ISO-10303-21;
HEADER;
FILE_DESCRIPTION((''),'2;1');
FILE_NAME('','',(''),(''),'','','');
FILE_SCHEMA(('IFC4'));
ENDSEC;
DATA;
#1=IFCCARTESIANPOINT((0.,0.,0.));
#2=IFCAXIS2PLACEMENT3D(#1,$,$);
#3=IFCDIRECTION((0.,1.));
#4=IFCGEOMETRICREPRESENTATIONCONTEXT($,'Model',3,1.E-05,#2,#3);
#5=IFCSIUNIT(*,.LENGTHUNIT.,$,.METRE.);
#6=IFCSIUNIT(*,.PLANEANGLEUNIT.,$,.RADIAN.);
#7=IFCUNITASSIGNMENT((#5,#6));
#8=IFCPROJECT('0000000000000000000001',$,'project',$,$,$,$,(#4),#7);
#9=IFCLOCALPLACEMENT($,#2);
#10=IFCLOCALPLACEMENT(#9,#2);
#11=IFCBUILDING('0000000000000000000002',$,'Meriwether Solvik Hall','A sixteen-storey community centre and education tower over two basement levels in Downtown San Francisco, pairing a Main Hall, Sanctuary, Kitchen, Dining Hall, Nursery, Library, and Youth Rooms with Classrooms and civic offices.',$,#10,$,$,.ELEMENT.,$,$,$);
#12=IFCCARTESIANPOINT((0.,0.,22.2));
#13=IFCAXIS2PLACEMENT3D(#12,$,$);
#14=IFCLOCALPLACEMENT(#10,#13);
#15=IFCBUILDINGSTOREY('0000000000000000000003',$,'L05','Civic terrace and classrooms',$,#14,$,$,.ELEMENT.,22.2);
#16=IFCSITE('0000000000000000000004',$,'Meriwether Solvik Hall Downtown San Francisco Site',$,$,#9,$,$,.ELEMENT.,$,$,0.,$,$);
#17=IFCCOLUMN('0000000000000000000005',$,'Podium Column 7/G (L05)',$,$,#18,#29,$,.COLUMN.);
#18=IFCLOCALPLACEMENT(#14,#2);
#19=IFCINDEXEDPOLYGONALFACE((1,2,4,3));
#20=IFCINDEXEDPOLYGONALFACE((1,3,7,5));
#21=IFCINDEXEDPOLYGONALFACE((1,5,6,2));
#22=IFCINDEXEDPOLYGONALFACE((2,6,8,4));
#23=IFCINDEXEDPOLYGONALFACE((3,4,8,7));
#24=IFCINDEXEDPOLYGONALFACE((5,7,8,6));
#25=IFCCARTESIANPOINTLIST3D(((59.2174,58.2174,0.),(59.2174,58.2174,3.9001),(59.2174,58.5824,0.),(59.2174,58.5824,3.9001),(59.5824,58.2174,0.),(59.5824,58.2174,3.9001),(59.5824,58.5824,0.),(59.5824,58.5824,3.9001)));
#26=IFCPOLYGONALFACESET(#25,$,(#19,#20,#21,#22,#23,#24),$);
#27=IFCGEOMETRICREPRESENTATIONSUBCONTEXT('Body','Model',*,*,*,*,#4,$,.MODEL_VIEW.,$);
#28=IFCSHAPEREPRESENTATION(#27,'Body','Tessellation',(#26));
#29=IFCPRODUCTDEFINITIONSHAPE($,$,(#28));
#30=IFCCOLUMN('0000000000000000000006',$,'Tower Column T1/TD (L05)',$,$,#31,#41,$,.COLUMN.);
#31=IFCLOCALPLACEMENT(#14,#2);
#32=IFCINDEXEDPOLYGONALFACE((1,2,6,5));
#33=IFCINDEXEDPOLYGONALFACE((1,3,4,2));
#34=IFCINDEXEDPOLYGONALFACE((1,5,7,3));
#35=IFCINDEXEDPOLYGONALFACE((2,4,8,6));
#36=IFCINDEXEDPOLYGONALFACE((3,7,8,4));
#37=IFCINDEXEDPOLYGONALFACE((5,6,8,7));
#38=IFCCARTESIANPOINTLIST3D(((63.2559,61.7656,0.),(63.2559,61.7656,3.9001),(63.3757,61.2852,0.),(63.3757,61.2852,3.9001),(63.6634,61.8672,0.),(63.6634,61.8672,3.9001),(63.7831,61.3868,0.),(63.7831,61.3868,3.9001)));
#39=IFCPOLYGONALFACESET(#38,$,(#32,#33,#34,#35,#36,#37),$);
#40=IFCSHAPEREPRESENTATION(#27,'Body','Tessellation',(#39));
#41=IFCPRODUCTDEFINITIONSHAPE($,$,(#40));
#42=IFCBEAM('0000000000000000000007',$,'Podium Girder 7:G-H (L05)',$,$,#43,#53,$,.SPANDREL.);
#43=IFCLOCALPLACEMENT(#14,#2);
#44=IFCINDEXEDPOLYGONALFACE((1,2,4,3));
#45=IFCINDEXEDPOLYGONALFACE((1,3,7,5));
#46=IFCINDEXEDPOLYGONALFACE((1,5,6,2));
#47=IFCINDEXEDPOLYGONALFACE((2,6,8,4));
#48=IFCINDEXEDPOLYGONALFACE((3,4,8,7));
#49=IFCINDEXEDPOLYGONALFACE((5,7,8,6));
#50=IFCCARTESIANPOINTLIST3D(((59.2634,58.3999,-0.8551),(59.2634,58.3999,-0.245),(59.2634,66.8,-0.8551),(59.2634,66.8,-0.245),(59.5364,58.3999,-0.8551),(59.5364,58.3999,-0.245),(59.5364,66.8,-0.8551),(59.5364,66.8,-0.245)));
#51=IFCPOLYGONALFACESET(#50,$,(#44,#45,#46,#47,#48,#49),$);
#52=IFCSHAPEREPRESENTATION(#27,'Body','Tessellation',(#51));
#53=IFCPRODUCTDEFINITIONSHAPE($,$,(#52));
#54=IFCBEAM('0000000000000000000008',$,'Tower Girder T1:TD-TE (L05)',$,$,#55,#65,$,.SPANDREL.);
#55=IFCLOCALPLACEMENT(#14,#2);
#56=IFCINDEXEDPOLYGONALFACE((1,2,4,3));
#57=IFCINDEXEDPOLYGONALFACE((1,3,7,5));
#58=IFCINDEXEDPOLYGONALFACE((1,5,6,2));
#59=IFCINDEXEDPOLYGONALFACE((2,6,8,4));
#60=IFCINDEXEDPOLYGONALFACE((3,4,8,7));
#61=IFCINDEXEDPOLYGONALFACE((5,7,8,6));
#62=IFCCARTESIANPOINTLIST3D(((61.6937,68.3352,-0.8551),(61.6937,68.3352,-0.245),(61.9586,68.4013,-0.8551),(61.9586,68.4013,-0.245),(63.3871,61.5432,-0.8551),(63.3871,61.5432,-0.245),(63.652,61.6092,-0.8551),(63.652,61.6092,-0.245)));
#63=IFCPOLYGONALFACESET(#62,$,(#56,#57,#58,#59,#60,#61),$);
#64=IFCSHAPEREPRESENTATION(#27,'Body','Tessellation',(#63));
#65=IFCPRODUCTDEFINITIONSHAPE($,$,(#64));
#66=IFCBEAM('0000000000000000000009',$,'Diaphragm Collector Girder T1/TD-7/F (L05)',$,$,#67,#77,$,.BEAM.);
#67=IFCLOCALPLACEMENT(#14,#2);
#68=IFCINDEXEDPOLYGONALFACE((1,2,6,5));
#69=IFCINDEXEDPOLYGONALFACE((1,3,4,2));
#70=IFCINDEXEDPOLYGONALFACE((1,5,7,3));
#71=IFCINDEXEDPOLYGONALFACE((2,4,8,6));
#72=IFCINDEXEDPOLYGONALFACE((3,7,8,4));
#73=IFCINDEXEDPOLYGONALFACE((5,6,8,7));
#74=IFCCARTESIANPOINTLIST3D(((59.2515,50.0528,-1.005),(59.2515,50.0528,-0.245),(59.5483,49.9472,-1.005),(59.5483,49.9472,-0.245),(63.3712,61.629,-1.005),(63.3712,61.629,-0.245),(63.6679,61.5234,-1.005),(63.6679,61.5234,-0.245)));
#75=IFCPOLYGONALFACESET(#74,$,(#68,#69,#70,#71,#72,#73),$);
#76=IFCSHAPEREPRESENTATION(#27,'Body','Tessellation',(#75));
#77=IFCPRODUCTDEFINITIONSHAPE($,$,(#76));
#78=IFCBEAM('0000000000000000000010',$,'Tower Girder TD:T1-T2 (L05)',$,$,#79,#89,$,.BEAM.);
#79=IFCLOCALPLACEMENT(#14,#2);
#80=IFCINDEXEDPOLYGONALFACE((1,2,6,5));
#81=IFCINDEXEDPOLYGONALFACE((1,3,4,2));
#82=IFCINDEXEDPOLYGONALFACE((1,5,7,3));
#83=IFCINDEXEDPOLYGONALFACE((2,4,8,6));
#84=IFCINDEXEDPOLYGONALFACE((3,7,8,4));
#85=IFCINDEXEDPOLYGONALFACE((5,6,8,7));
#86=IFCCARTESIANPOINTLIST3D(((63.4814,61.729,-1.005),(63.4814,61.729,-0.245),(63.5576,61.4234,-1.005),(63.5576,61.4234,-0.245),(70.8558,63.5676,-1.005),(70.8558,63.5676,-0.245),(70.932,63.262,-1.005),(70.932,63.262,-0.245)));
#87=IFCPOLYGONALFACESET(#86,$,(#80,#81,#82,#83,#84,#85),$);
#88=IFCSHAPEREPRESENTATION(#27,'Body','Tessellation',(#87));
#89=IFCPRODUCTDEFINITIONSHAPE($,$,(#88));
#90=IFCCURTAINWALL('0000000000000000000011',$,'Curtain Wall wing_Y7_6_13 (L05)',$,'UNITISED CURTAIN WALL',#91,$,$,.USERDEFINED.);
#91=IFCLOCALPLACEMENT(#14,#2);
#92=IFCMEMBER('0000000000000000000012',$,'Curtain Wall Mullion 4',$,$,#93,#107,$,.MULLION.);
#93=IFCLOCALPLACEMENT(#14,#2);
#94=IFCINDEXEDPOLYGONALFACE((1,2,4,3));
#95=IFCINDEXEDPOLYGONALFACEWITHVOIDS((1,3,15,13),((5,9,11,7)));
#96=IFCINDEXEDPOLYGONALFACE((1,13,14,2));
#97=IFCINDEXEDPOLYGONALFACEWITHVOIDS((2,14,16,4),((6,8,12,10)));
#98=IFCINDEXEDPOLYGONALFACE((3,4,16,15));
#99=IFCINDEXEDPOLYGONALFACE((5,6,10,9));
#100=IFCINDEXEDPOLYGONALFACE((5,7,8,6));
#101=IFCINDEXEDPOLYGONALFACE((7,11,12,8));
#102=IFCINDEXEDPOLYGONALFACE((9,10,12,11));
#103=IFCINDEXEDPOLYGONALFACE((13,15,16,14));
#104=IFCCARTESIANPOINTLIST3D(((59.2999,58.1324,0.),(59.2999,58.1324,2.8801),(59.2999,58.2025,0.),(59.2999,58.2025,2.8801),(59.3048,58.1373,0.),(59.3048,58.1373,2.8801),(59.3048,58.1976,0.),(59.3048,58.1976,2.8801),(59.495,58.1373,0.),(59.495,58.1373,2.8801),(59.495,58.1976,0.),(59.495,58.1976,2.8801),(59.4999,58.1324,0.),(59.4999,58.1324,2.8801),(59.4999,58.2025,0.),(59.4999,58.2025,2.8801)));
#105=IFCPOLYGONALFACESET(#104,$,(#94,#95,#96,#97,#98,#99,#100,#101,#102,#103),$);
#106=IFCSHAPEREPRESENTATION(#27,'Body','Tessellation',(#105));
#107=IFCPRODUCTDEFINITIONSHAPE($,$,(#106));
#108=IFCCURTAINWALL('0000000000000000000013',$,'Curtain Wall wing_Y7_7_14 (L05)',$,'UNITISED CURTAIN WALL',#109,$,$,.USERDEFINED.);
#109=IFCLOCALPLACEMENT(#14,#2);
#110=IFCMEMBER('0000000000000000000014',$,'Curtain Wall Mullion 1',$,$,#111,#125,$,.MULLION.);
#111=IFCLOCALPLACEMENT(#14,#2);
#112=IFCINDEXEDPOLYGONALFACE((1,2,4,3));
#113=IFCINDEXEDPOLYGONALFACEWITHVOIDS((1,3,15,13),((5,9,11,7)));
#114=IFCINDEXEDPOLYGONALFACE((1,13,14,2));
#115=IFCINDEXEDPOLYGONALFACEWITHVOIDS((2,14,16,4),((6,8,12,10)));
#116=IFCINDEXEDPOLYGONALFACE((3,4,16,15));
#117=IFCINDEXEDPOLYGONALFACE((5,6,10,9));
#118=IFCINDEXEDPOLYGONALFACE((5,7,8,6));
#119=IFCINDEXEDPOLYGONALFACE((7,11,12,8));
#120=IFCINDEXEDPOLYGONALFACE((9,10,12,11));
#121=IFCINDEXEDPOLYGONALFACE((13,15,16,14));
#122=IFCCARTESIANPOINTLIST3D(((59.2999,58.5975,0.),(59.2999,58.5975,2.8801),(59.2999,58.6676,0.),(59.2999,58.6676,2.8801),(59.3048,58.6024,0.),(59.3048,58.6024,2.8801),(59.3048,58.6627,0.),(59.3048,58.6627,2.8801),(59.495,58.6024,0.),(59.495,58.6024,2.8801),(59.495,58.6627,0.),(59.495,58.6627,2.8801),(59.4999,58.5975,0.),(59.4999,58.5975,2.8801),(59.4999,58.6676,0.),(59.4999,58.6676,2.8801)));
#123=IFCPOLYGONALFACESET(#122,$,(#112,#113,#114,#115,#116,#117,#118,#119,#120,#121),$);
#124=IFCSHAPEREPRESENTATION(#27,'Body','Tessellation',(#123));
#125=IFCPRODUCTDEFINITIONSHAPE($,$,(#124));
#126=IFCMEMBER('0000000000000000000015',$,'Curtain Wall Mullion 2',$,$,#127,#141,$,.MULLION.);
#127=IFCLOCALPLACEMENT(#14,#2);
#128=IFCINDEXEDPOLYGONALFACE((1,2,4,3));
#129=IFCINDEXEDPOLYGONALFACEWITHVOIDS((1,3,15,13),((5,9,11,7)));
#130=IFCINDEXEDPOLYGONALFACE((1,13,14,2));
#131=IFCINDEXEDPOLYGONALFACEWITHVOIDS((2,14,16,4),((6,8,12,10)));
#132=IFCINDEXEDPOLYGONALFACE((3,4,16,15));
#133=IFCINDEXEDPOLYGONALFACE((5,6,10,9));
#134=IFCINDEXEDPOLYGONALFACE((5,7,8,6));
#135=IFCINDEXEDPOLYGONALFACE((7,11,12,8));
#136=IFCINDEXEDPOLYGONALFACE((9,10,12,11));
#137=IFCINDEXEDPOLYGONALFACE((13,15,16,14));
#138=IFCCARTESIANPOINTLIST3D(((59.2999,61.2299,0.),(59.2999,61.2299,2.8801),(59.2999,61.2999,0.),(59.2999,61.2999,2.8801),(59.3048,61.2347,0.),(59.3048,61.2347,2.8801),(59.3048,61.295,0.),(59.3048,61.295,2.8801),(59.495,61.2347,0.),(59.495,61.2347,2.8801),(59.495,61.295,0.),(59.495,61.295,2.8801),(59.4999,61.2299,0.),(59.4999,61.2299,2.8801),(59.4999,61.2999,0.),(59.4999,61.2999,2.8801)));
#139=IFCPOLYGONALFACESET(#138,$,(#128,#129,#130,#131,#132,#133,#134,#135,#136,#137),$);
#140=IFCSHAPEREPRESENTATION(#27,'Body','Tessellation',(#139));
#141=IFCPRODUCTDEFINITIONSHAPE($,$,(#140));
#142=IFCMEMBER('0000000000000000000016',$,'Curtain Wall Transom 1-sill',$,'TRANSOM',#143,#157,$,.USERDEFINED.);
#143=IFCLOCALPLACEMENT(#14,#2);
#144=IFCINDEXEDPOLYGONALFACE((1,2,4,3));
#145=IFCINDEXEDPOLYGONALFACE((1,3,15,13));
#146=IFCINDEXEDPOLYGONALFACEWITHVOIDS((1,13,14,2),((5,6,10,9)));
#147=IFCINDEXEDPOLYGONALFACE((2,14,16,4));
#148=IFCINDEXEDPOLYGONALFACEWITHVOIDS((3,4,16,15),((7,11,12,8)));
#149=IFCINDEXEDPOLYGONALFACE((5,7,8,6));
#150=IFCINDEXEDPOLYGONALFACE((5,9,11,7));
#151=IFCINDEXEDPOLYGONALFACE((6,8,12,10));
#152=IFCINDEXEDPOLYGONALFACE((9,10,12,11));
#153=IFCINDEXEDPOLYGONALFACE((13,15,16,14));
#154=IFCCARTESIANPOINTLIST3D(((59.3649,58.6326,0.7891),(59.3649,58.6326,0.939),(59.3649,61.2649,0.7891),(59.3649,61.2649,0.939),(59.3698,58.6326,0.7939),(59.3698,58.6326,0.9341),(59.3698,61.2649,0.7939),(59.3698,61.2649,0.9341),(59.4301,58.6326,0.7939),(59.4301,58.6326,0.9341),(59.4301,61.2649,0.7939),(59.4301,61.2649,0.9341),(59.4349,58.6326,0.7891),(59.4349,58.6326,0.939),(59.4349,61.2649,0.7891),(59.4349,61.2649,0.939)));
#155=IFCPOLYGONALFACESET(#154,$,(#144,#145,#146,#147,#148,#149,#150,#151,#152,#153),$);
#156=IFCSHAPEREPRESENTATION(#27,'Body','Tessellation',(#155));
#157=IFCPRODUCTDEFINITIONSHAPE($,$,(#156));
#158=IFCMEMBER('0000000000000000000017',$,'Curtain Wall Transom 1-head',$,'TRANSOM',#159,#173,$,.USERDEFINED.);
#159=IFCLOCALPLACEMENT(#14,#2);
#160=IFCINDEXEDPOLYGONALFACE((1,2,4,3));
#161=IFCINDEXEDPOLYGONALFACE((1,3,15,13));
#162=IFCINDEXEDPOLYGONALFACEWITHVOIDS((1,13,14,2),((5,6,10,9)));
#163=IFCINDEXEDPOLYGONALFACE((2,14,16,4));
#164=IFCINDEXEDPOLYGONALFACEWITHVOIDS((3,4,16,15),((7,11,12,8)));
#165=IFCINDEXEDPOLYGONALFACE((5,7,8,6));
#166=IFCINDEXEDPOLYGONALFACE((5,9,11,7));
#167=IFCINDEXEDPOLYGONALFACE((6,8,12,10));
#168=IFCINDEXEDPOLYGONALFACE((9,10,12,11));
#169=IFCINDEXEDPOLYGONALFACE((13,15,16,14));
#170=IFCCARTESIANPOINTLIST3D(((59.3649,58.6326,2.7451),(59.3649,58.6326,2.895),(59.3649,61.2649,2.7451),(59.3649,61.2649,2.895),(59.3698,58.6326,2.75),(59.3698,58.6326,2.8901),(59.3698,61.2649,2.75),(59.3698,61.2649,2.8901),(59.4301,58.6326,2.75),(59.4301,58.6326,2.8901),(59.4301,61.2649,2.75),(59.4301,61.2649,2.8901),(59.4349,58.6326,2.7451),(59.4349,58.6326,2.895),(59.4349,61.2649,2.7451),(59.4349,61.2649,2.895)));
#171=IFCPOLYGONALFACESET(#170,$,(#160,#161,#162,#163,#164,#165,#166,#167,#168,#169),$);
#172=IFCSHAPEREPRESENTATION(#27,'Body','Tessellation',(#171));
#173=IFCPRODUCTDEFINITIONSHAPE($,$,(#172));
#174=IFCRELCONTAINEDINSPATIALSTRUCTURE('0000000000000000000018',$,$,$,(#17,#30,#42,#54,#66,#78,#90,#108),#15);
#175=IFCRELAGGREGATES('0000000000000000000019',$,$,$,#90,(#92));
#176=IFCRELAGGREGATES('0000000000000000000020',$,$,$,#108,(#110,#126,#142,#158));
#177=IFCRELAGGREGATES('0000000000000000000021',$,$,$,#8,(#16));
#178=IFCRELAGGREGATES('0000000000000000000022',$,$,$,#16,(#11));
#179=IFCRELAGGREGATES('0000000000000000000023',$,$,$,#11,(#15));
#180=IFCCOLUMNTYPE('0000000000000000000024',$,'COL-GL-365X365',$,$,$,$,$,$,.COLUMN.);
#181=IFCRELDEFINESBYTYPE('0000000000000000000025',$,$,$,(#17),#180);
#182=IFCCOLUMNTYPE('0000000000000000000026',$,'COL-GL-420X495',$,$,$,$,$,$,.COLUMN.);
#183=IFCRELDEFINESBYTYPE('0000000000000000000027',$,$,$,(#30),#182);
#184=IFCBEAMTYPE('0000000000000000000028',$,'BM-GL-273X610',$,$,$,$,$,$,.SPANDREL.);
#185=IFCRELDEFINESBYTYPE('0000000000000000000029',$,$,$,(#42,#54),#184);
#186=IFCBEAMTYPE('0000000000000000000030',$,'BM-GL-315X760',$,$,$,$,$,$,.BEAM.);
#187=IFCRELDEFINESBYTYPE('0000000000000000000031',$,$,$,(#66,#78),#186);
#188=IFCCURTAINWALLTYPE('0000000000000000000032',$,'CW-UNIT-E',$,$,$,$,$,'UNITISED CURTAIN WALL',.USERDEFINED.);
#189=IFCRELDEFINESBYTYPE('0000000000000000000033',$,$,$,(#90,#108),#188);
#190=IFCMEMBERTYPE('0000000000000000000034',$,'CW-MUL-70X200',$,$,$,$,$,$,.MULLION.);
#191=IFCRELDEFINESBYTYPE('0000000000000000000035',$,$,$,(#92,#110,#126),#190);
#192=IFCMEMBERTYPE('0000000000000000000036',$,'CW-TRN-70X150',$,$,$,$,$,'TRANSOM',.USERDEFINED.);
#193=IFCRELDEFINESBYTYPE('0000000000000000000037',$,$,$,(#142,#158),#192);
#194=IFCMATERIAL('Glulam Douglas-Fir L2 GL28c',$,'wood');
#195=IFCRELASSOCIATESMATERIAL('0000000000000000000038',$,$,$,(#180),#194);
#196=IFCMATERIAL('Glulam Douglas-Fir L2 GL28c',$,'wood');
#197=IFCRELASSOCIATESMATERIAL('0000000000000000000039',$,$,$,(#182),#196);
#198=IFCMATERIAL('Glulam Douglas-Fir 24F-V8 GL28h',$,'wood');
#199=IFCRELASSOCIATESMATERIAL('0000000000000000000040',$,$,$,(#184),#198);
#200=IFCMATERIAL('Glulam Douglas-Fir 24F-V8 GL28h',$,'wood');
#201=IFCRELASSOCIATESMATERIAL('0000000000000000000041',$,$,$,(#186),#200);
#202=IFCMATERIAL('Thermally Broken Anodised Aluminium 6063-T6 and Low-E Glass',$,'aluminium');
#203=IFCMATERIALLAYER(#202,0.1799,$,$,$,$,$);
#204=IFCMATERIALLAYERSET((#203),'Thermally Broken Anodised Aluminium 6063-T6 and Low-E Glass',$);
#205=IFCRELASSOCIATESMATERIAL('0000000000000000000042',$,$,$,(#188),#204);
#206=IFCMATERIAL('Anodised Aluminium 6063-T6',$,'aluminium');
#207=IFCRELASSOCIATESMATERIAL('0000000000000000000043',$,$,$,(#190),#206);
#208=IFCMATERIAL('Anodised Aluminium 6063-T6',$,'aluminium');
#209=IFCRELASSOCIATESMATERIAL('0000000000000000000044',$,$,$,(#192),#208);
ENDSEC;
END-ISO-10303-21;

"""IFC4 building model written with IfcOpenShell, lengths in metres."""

from ifc_helpers import new_model, si_unit, direction, frame, origin, origin_2d, place, context, subcontext, project, spatial, rectangle, hollow_rectangle, extrude, material, layer, layer_set, material_profile, profile_set, type_object, element, aggregate, save


model = new_model("IFC4")

# Units and contexts
model_context = context("Model", 3, precision=1e-05, world=origin(), true_north=direction((0.0, 1.0)))
body_context = subcontext(model_context, "Body", "Model", "MODEL_VIEW")
ifc_project = project(units=[si_unit("LENGTHUNIT", "METRE"), si_unit("PLANEANGLEUNIT", "RADIAN")], contexts=[model_context])

# Site, building, storey
site_placement = place(None, origin())
site = spatial("IfcSite", under=ifc_project, at=site_placement, Name="Meriwether Solvik Hall Downtown San Francisco Site", CompositionType="ELEMENT", RefElevation=0.0)
building_placement = place(site_placement, origin())
building = spatial("IfcBuilding", under=site, at=building_placement, Name="Meriwether Solvik Hall", Description="A sixteen-storey community centre and education tower over two basement levels in Downtown San Francisco, pairing a Main Hall, Sanctuary, Kitchen, Dining Hall, Nursery, Library, and Youth Rooms with Classrooms and civic offices.", CompositionType="ELEMENT")
storey_placement = place(building_placement, frame((0.0, 0.0, 22.2)))
storey = spatial("IfcBuildingStorey", under=building, at=storey_placement, Name="L05", Description="Civic terrace and classrooms", CompositionType="ELEMENT", Elevation=22.2)

# Columns
ifc_material_1 = material(Name="Glulam Douglas-Fir L2 GL28c", Category="wood")
ifc_material_profile_1 = material_profile(ifc_material_1, rectangle(XDim=0.365, YDim=0.365, at=origin_2d()), Name="GLC-365X365")
ifc_profile_set_1 = profile_set([ifc_material_profile_1], Name="Glulam Douglas-Fir L2 GL28c")
column_type_1 = type_object("IfcColumnType", Name="COL-GL-365X365", PredefinedType="COLUMN", material=ifc_profile_set_1)
column_1_placement = place(storey_placement, frame((59.3999, 58.3999, 0.0), z_axis=(0.0, 0.0, 1.0), x_axis=(1.0, 0.0, 0.0)))
element("IfcColumn", 1, at=column_1_placement, inside=storey, type_object=column_type_1, Name="Podium Column 7/G (L05)", PredefinedType="COLUMN", context=body_context, shape_type="SweptSolid", body=[
    extrude(rectangle(XDim=0.365, YDim=0.365, at=origin_2d()), origin(), (0.0, 0.0, 1.0), 3.9001),
])
ifc_material_2 = material(Name="Glulam Douglas-Fir L2 GL28c", Category="wood")
ifc_material_profile_2 = material_profile(ifc_material_2, rectangle(XDim=0.4199, YDim=0.4951, at=origin_2d()), Name="GLC-420X495")
ifc_profile_set_2 = profile_set([ifc_material_profile_2], Name="Glulam Douglas-Fir L2 GL28c")
column_type_2 = type_object("IfcColumnType", Name="COL-GL-420X495", PredefinedType="COLUMN", material=ifc_profile_set_2)
column_2_placement = place(storey_placement, frame((63.5195, 61.5762, 0.0), z_axis=(0.0, 0.0, 1.0), x_axis=(0.970296, 0.241922, 0.0)))
element("IfcColumn", 2, at=column_2_placement, inside=storey, type_object=column_type_2, Name="Tower Column T1/TD (L05)", PredefinedType="COLUMN", context=body_context, shape_type="SweptSolid", body=[
    extrude(rectangle(XDim=0.4199, YDim=0.4951, at=origin_2d()), origin(), (0.0, 0.0, 1.0), 3.9001),
])

# Beams
ifc_material_3 = material(Name="Glulam Douglas-Fir 24F-V8 GL28h", Category="wood")
ifc_material_profile_3 = material_profile(ifc_material_3, rectangle(XDim=0.2729, YDim=0.6101, at=origin_2d()), Name="GLB-273X610")
ifc_profile_set_3 = profile_set([ifc_material_profile_3], Name="Glulam Douglas-Fir 24F-V8 GL28h")
beam_type_1 = type_object("IfcBeamType", Name="BM-GL-273X610", PredefinedType="SPANDREL", material=ifc_profile_set_3)
beam_1_placement = place(storey_placement, frame((59.3999, 58.3999, -0.55), z_axis=(0.0, 1.0, 0.0), x_axis=(-1.0, 0.0, 0.0)))
element("IfcBeam", 3, at=beam_1_placement, inside=storey, type_object=beam_type_1, Name="Podium Girder 7:G-H (L05)", PredefinedType="SPANDREL", context=body_context, shape_type="SweptSolid", body=[
    extrude(rectangle(XDim=0.2729, YDim=0.6101, at=origin_2d()), origin(), (0.0, 0.0, 1.0), 8.4001),
])
beam_2_placement = place(storey_placement, frame((63.5195, 61.5762, -0.55), z_axis=(-0.241912, 0.970298, 0.0), x_axis=(-0.970298, -0.241912, 0.0)))
element("IfcBeam", 4, at=beam_2_placement, inside=storey, type_object=beam_type_1, Name="Tower Girder T1:TD-TE (L05)", PredefinedType="SPANDREL", context=body_context, shape_type="SweptSolid", body=[
    extrude(rectangle(XDim=0.2729, YDim=0.6101, at=origin_2d()), origin(), (0.0, 0.0, 1.0), 7.0),
])
ifc_material_4 = material(Name="Glulam Douglas-Fir 24F-V8 GL28h", Category="wood")
ifc_material_profile_4 = material_profile(ifc_material_4, rectangle(XDim=0.3149, YDim=0.76, at=origin_2d()), Name="GLB-315X760")
ifc_profile_set_4 = profile_set([ifc_material_profile_4], Name="Glulam Douglas-Fir 24F-V8 GL28h")
beam_type_2 = type_object("IfcBeamType", Name="BM-GL-315X760", PredefinedType="BEAM", material=ifc_profile_set_4)
beam_3_placement = place(storey_placement, frame((63.5195, 61.5762, -0.625), z_axis=(-0.335274, -0.942121, 0.0), x_axis=(0.942121, -0.335274, 0.0)))
element("IfcBeam", 5, at=beam_3_placement, inside=storey, type_object=beam_type_2, Name="Diaphragm Collector Girder T1/TD-7/F (L05)", PredefinedType="BEAM", context=body_context, shape_type="SweptSolid", body=[
    extrude(rectangle(XDim=0.3149, YDim=0.76, at=origin_2d()), origin(), (0.0, 0.0, 1.0), 12.2874),
])
beam_4_placement = place(storey_placement, frame((63.5195, 61.5762, -0.625), z_axis=(0.970295, 0.241923, 0.0), x_axis=(-0.241923, 0.970295, 0.0)))
element("IfcBeam", 6, at=beam_4_placement, inside=storey, type_object=beam_type_2, Name="Tower Girder TD:T1-T2 (L05)", PredefinedType="BEAM", context=body_context, shape_type="SweptSolid", body=[
    extrude(rectangle(XDim=0.3149, YDim=0.76, at=origin_2d()), origin(), (0.0, 0.0, 1.0), 7.6001),
])

# Curtain wall, member
ifc_material_5 = material(Name="Thermally Broken Anodised Aluminium 6063-T6 and Low-E Glass", Category="aluminium")
ifc_layer_1 = layer(ifc_material_5, 0.1799)
ifc_layer_set_1 = layer_set([ifc_layer_1], Name="Thermally Broken Anodised Aluminium 6063-T6 and Low-E Glass")
curtain_wall_type = type_object("IfcCurtainWallType", Name="CW-UNIT-E", ElementType="UNITISED CURTAIN WALL", PredefinedType="USERDEFINED", material=ifc_layer_set_1)
curtain_wall_1_placement = place(storey_placement, origin())
curtain_wall_1 = element("IfcCurtainWall", 7, at=curtain_wall_1_placement, inside=storey, type_object=curtain_wall_type, Name="Curtain Wall wing_Y7_6_13 (L05)", ObjectType="UNITISED CURTAIN WALL", PredefinedType="USERDEFINED")
ifc_material_6 = material(Name="Anodised Aluminium 6063-T6", Category="aluminium")
ifc_material_profile_5 = material_profile(ifc_material_6, hollow_rectangle(XDim=0.0701, YDim=0.2, WallThickness=0.0049, at=origin_2d()), Name="CWM-70X200")
ifc_profile_set_5 = profile_set([ifc_material_profile_5], Name="Anodised Aluminium 6063-T6")
member_type_1 = type_object("IfcMemberType", Name="CW-MUL-70X200", PredefinedType="MULLION", material=ifc_profile_set_5)
member_1_placement = place(storey_placement, frame((59.3999, 58.1675, 0.0), z_axis=(0.0, 0.0, 1.0), x_axis=(0.0, 1.0, 0.0)))
member_1 = element("IfcMember", 8, at=member_1_placement, type_object=member_type_1, Name="Curtain Wall Mullion 4", PredefinedType="MULLION", context=body_context, shape_type="SweptSolid", body=[
    extrude(hollow_rectangle(XDim=0.0701, YDim=0.2, WallThickness=0.0049, at=origin_2d()), origin(), (0.0, 0.0, 1.0), 2.8801),
])

# Curtain wall, members
curtain_wall_2_placement = place(storey_placement, origin())
curtain_wall_2 = element("IfcCurtainWall", 9, at=curtain_wall_2_placement, inside=storey, type_object=curtain_wall_type, Name="Curtain Wall wing_Y7_7_14 (L05)", ObjectType="UNITISED CURTAIN WALL", PredefinedType="USERDEFINED")
member_2_placement = place(storey_placement, frame((59.3999, 58.6326, 0.0), z_axis=(0.0, 0.0, 1.0), x_axis=(0.0, 1.0, 0.0)))
member_2 = element("IfcMember", 10, at=member_2_placement, type_object=member_type_1, Name="Curtain Wall Mullion 1", PredefinedType="MULLION", context=body_context, shape_type="SweptSolid", body=[
    extrude(hollow_rectangle(XDim=0.0701, YDim=0.2, WallThickness=0.0049, at=origin_2d()), origin(), (0.0, 0.0, 1.0), 2.8801),
])
member_3_placement = place(storey_placement, frame((59.3999, 61.2649, 0.0), z_axis=(0.0, 0.0, 1.0), x_axis=(0.0, 1.0, 0.0)))
member_3 = element("IfcMember", 11, at=member_3_placement, type_object=member_type_1, Name="Curtain Wall Mullion 2", PredefinedType="MULLION", context=body_context, shape_type="SweptSolid", body=[
    extrude(hollow_rectangle(XDim=0.0701, YDim=0.2, WallThickness=0.0049, at=origin_2d()), origin(), (0.0, 0.0, 1.0), 2.8801),
])
ifc_material_7 = material(Name="Anodised Aluminium 6063-T6", Category="aluminium")
ifc_material_profile_6 = material_profile(ifc_material_7, hollow_rectangle(XDim=0.0701, YDim=0.1499, WallThickness=0.0049, at=origin_2d()), Name="CWT-70X150")
ifc_profile_set_6 = profile_set([ifc_material_profile_6], Name="Anodised Aluminium 6063-T6")
member_type_2 = type_object("IfcMemberType", Name="CW-TRN-70X150", ElementType="TRANSOM", PredefinedType="USERDEFINED", material=ifc_profile_set_6)
member_4_placement = place(storey_placement, frame((59.3999, 58.6326, 0.864), z_axis=(0.0, 1.0, 0.0), x_axis=(-1.0, 0.0, 0.0)))
member_4 = element("IfcMember", 12, at=member_4_placement, type_object=member_type_2, Name="Curtain Wall Transom 1-sill", ObjectType="TRANSOM", PredefinedType="USERDEFINED", context=body_context, shape_type="SweptSolid", body=[
    extrude(hollow_rectangle(XDim=0.0701, YDim=0.1499, WallThickness=0.0049, at=origin_2d()), origin(), (0.0, 0.0, 1.0), 2.6323),
])
member_5_placement = place(storey_placement, frame((59.3999, 58.6326, 2.8201), z_axis=(0.0, 1.0, 0.0), x_axis=(-1.0, 0.0, 0.0)))
member_5 = element("IfcMember", 13, at=member_5_placement, type_object=member_type_2, Name="Curtain Wall Transom 1-head", ObjectType="TRANSOM", PredefinedType="USERDEFINED", context=body_context, shape_type="SweptSolid", body=[
    extrude(hollow_rectangle(XDim=0.0701, YDim=0.1499, WallThickness=0.0049, at=origin_2d()), origin(), (0.0, 0.0, 1.0), 2.6323),
])

aggregate(curtain_wall_1, [member_1])
aggregate(curtain_wall_2, [member_2, member_3, member_4, member_5])

save(model, "model.ifc")
